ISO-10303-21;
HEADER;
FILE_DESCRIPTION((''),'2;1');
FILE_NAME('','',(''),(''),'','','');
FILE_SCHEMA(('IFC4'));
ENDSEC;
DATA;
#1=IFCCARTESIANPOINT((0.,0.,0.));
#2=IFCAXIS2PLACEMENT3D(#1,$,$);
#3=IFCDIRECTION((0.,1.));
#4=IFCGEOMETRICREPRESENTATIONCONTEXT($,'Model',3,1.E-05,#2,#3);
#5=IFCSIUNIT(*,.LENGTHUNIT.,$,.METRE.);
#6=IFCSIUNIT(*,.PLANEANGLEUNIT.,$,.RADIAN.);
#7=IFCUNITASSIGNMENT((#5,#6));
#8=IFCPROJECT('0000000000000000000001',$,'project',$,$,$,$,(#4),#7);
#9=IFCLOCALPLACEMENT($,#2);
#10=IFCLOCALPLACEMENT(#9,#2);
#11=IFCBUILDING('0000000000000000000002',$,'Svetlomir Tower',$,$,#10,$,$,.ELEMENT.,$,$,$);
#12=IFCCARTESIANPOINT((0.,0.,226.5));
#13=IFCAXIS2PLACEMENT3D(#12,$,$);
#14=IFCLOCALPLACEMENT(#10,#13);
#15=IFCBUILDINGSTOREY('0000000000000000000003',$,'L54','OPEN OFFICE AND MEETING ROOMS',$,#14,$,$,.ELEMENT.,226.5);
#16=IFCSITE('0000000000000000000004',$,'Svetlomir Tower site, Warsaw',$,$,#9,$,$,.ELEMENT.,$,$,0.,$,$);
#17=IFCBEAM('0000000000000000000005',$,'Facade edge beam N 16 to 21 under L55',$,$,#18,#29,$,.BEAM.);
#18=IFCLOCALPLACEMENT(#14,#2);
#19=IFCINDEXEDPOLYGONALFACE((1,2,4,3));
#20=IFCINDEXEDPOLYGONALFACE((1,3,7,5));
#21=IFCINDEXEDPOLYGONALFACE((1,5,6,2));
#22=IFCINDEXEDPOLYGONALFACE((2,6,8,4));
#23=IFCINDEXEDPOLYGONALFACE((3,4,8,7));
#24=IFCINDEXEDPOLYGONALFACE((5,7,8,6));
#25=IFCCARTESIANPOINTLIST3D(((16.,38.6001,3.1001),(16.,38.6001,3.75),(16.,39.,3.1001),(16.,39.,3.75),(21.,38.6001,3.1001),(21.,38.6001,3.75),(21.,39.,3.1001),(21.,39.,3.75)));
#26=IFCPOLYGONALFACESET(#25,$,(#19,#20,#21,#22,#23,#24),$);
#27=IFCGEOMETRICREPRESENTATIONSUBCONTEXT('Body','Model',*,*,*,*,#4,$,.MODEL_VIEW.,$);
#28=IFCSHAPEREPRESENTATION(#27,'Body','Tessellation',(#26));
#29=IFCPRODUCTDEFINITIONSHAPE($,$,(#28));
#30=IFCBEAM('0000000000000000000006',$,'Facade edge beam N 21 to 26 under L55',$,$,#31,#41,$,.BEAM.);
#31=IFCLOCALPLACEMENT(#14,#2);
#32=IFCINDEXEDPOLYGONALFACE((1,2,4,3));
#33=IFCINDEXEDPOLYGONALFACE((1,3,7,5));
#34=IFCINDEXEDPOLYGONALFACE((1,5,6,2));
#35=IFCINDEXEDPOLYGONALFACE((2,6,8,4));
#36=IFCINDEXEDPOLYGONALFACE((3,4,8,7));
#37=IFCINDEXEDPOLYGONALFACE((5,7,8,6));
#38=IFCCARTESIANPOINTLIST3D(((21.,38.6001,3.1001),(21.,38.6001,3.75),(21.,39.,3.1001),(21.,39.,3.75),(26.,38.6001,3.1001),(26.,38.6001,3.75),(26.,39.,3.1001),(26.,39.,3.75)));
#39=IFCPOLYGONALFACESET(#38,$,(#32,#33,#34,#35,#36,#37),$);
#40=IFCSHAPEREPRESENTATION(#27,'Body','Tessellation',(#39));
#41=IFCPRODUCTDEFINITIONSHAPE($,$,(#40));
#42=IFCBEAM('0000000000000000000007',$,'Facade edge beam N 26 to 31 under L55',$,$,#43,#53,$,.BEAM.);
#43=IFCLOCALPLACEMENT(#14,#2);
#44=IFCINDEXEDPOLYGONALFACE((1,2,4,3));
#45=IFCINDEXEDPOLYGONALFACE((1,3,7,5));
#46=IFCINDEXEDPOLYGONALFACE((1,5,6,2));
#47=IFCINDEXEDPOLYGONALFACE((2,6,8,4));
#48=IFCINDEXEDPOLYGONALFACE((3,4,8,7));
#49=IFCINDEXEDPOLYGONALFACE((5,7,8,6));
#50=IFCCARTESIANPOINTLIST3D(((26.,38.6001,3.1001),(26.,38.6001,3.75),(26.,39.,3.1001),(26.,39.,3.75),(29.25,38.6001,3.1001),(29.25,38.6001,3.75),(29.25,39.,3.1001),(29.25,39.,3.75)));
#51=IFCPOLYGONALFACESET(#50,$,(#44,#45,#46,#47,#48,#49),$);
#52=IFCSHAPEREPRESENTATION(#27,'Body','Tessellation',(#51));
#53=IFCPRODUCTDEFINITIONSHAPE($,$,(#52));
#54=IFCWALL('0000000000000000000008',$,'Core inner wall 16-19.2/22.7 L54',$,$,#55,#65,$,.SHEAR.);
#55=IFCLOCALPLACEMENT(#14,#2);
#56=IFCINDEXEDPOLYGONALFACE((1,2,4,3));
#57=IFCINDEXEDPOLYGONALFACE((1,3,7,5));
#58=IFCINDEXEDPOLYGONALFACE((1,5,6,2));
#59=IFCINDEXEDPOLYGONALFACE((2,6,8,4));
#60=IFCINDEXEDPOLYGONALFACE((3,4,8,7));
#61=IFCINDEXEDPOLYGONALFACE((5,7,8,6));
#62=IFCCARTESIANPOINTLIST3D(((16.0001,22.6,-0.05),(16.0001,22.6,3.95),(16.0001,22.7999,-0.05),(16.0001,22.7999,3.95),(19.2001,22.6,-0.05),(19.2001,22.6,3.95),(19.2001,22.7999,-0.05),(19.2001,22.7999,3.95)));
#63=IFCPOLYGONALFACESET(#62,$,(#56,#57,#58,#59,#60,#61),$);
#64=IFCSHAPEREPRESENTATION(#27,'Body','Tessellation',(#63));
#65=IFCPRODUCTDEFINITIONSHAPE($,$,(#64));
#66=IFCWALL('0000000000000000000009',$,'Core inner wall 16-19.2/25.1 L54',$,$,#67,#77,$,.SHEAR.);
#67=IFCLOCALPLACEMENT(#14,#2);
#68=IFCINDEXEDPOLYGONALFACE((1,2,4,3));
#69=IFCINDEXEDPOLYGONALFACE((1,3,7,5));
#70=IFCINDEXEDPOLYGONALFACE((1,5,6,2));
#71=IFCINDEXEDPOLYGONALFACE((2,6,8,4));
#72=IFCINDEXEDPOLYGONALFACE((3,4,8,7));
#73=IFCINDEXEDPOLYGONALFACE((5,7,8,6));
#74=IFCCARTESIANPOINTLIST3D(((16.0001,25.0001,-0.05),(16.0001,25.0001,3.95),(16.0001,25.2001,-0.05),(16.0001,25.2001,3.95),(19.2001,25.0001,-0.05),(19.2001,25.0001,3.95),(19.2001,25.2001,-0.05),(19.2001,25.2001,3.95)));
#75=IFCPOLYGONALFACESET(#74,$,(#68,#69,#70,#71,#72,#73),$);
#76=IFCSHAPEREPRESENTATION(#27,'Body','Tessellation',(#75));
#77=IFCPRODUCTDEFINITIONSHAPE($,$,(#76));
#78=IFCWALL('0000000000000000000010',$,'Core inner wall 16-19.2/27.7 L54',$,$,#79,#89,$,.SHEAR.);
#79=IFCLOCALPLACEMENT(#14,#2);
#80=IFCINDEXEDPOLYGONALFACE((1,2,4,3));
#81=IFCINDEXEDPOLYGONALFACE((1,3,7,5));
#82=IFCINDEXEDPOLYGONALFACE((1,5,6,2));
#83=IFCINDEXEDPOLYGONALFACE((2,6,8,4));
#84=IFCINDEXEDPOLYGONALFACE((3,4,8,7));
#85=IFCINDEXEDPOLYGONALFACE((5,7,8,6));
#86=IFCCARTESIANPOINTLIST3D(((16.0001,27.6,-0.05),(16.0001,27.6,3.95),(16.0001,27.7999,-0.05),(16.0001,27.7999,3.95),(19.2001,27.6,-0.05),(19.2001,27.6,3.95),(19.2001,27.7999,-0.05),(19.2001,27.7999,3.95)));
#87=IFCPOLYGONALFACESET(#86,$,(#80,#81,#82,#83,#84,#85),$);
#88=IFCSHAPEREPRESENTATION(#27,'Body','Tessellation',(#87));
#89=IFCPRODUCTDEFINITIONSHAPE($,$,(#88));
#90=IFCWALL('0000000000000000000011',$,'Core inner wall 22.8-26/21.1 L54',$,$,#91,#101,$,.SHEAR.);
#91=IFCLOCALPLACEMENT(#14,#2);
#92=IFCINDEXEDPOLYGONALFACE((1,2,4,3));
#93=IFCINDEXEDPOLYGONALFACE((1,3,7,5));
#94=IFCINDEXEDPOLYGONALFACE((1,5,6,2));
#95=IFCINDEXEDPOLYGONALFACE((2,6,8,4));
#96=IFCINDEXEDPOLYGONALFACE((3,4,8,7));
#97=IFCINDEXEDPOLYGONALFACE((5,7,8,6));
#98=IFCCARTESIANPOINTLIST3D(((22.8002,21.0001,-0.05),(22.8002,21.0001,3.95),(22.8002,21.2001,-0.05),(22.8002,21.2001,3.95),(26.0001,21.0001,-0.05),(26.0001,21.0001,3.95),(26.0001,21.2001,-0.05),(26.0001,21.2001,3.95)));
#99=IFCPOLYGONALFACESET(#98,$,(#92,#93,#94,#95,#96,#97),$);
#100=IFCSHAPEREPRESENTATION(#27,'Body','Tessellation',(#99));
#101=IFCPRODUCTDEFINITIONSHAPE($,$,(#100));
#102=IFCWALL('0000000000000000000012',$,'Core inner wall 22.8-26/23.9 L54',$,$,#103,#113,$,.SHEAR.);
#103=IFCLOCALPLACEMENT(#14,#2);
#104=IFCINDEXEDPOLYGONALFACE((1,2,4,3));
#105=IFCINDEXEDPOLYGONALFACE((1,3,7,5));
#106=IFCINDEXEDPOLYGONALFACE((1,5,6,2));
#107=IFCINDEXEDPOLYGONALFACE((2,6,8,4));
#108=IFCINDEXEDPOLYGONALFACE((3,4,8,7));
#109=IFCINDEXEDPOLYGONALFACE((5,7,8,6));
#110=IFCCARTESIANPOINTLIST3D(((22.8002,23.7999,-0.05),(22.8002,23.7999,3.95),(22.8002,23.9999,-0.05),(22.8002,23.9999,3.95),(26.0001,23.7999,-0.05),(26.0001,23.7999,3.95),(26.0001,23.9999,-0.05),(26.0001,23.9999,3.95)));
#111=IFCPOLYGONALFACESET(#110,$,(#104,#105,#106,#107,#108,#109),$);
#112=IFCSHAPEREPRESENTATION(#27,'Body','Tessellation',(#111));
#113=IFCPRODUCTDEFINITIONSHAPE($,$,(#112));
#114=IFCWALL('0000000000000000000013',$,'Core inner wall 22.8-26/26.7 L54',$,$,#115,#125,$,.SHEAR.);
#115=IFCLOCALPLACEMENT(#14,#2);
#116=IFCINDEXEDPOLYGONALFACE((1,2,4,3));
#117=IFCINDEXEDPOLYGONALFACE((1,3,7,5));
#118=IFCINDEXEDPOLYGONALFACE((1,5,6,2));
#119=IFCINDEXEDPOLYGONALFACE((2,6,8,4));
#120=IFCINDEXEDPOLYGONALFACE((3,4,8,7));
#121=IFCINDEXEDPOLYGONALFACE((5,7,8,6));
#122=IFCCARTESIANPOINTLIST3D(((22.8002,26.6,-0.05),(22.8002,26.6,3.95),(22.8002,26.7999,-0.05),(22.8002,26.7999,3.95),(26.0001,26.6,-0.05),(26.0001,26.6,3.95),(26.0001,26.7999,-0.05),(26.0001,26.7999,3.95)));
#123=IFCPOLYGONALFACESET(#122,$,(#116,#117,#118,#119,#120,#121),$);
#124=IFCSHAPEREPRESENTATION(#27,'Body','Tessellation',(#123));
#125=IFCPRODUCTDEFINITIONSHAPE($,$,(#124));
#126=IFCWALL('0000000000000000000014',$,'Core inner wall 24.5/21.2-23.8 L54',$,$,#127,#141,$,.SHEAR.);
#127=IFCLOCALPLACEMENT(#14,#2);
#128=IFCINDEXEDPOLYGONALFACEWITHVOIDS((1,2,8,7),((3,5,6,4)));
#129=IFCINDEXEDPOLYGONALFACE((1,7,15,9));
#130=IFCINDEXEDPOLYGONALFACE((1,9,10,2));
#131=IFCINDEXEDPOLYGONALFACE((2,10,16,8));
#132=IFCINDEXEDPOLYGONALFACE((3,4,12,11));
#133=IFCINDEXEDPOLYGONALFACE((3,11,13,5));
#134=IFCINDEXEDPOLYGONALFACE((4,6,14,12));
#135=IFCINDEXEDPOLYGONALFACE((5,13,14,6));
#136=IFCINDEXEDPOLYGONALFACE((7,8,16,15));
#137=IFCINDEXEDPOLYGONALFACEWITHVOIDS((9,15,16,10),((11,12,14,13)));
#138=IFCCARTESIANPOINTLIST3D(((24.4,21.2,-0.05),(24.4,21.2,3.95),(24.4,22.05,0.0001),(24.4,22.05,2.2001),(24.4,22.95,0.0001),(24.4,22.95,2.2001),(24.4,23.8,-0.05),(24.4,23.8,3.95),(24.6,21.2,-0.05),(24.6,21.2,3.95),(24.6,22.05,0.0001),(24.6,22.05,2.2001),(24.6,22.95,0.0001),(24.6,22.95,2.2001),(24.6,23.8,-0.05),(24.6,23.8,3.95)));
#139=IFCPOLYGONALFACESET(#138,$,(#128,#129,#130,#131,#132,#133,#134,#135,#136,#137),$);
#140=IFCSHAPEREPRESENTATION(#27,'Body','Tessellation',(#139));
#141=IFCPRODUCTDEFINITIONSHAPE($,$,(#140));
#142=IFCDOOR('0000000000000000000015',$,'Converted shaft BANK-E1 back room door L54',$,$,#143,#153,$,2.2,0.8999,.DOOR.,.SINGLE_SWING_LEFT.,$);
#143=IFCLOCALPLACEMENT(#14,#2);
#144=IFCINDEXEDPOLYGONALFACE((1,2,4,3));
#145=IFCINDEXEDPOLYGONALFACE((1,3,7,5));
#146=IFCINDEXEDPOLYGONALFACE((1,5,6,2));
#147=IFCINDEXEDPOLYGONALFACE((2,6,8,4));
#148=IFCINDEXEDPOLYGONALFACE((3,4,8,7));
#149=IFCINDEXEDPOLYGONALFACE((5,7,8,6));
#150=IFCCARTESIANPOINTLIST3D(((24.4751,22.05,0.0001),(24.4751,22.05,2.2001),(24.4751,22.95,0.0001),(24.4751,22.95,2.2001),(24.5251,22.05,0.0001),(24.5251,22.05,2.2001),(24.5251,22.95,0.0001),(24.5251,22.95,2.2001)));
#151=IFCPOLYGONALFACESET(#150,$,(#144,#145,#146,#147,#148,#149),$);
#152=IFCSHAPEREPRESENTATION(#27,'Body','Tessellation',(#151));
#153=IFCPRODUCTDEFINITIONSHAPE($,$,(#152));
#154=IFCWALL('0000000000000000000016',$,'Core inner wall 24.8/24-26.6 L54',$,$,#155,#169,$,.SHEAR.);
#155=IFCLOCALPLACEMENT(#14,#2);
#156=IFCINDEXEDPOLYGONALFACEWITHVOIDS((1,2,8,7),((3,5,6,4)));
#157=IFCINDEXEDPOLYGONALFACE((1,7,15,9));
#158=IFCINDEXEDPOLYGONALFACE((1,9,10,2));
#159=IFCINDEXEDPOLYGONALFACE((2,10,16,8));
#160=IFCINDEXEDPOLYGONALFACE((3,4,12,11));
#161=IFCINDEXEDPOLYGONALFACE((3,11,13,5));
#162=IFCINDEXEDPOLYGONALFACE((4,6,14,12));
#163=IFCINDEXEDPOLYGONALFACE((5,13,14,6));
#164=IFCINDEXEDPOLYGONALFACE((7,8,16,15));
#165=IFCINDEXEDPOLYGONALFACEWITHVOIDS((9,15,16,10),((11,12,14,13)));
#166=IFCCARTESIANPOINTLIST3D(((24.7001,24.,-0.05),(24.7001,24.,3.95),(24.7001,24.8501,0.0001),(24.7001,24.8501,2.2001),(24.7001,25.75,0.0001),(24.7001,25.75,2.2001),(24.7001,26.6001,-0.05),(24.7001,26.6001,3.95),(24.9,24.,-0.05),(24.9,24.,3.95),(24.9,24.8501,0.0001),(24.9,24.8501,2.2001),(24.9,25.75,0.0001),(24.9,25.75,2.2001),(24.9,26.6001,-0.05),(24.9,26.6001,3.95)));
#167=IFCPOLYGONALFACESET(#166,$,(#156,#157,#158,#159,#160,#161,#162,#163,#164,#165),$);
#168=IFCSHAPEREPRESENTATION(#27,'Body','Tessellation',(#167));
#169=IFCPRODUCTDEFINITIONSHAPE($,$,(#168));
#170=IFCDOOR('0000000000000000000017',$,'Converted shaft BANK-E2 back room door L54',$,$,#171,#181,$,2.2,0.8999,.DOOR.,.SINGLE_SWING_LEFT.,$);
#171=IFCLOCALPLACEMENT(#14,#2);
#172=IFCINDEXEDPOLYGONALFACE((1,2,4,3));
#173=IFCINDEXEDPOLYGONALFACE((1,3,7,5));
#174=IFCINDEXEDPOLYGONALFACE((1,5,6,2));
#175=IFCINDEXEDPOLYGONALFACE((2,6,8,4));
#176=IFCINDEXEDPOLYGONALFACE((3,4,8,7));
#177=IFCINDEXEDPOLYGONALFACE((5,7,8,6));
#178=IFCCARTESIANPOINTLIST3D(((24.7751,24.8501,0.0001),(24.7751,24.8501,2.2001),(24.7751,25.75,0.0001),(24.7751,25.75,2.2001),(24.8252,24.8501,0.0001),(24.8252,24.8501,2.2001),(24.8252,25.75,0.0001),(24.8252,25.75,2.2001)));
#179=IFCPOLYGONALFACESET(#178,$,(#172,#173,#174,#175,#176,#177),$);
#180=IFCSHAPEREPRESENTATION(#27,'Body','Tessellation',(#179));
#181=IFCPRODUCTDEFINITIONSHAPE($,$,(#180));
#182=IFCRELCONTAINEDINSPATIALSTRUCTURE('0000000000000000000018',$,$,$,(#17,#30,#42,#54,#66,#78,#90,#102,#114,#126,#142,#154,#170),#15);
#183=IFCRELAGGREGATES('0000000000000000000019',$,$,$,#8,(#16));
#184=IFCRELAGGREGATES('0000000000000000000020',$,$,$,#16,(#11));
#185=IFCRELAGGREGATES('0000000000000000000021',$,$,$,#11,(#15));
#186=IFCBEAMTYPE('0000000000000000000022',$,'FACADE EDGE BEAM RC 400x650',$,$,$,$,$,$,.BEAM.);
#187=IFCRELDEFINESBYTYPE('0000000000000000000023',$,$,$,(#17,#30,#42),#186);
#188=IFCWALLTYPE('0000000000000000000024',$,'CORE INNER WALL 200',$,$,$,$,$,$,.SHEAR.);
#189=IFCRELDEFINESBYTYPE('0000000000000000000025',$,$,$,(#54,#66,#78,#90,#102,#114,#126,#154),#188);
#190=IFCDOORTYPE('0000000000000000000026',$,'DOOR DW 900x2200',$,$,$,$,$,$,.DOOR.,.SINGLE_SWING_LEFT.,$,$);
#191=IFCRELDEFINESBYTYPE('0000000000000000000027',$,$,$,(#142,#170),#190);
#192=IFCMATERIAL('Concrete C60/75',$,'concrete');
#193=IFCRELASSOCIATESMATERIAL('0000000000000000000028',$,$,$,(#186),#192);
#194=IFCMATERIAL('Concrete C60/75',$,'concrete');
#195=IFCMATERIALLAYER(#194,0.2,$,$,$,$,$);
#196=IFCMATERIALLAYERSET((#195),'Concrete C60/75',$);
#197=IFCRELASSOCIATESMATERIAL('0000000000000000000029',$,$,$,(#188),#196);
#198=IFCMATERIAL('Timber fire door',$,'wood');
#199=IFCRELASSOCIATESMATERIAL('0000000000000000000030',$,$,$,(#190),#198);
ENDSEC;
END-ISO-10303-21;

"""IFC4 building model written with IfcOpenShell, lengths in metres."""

from ifc_helpers import new_model, si_unit, direction, frame, frame_2d, origin, origin_2d, place, context, subcontext, project, spatial, rectangle, extrude, material, layer, layer_set, material_profile, profile_set, type_object, element, fill, save


model = new_model("IFC4")

# Units and contexts
model_context = context("Model", 3, precision=1e-05, world=origin(), true_north=direction((0.0, 1.0)))
body_context = subcontext(model_context, "Body", "Model", "MODEL_VIEW")
ifc_project = project(units=[si_unit("LENGTHUNIT", "METRE"), si_unit("PLANEANGLEUNIT", "RADIAN")], contexts=[model_context])

# Site, building, storey
site_placement = place(None, origin())
site = spatial("IfcSite", under=ifc_project, at=site_placement, Name="Svetlomir Tower site, Warsaw", CompositionType="ELEMENT", RefElevation=0.0)
building_placement = place(site_placement, origin())
building = spatial("IfcBuilding", under=site, at=building_placement, Name="Svetlomir Tower", CompositionType="ELEMENT")
storey_placement = place(building_placement, frame((0.0, 0.0, 226.5)))
storey = spatial("IfcBuildingStorey", under=building, at=storey_placement, Name="L54", Description="OPEN OFFICE AND MEETING ROOMS", CompositionType="ELEMENT", Elevation=226.5)

# Beams
ifc_material_1 = material(Name="Concrete C60/75", Category="concrete")
ifc_material_profile = material_profile(ifc_material_1, rectangle(XDim=0.3999, YDim=0.6499, at=origin_2d()), Name="RC 400x650")
ifc_profile_set = profile_set([ifc_material_profile], Name="Concrete C60/75")
beam_type = type_object("IfcBeamType", Name="FACADE EDGE BEAM RC 400x650", PredefinedType="BEAM", material=ifc_profile_set)
for number, where, z_axis, x_axis, name in (
    (1, (16.0, 38.8, 3.425), (1.0, 0.0, 0.0), (0.0, 1.0, 0.0), "Facade edge beam N 16 to 21 under L55"),
    (2, (21.0, 38.8, 3.425), (1.0, 0.0, 0.0), (0.0, 1.0, 0.0), "Facade edge beam N 21 to 26 under L55"),
):
    element("IfcBeam", number, at=place(storey_placement, frame(where, z_axis=z_axis, x_axis=x_axis)), inside=storey, type_object=beam_type, Name=name, PredefinedType="BEAM", context=body_context, shape_type="SweptSolid", body=[
        extrude(rectangle(XDim=0.3999, YDim=0.6499, at=origin_2d()), origin(), (0.0, 0.0, 1.0), 5.0),
    ])
beam_placement = place(storey_placement, frame((26.0, 38.8, 3.425), z_axis=(1.0, 0.0, 0.0), x_axis=(0.0, 1.0, 0.0)))
element("IfcBeam", 3, at=beam_placement, inside=storey, type_object=beam_type, Name="Facade edge beam N 26 to 31 under L55", PredefinedType="BEAM", context=body_context, shape_type="SweptSolid", body=[
    extrude(rectangle(XDim=0.3999, YDim=0.6499, at=origin_2d()), origin(), (0.0, 0.0, 1.0), 3.25),
])

# Walls
ifc_material_2 = material(Name="Concrete C60/75", Category="concrete")
ifc_layer_1 = layer(ifc_material_2, 0.2)
ifc_layer_set_1 = layer_set([ifc_layer_1], Name="Concrete C60/75")
wall_type_1 = type_object("IfcWallType", Name="CORE INNER WALL 200", PredefinedType="SHEAR", material=ifc_layer_set_1)
for number, where, z_axis, x_axis, name in (
    (4, (16.0, 22.7, -0.05), (0.0, 0.0, 1.0), (1.0, 0.0, 0.0), "Core inner wall 16-19.2/22.7 L54"),
    (5, (16.0, 25.1001, -0.05), (0.0, 0.0, 1.0), (1.0, 0.0, 0.0), "Core inner wall 16-19.2/25.1 L54"),
    (6, (16.0, 27.7, -0.05), (0.0, 0.0, 1.0), (1.0, 0.0, 0.0), "Core inner wall 16-19.2/27.7 L54"),
    (7, (22.8, 21.1001, -0.05), (0.0, 0.0, 1.0), (1.0, 0.0, 0.0), "Core inner wall 22.8-26/21.1 L54"),
    (8, (22.8, 23.8999, -0.05), (0.0, 0.0, 1.0), (1.0, 0.0, 0.0), "Core inner wall 22.8-26/23.9 L54"),
    (9, (22.8, 26.7, -0.05), (0.0, 0.0, 1.0), (1.0, 0.0, 0.0), "Core inner wall 22.8-26/26.7 L54"),
):
    element("IfcWall", number, at=place(storey_placement, frame(where, z_axis=z_axis, x_axis=x_axis)), inside=storey, type_object=wall_type_1, Name=name, PredefinedType="SHEAR", context=body_context, shape_type="SweptSolid", body=[
        extrude(rectangle(XDim=3.2, YDim=0.2, at=frame_2d((1.6001, 0.0))), origin(), (0.0, 0.0, 1.0), 4.0),
    ])

# Walls, openings, doors
wall_1_placement = place(storey_placement, frame((24.5, 21.2, -0.05), z_axis=(0.0, 0.0, 1.0), x_axis=(0.0, 1.0, 0.0)))
wall_1 = element("IfcWall", 10, at=wall_1_placement, inside=storey, type_object=wall_type_1, Name="Core inner wall 24.5/21.2-23.8 L54", PredefinedType="SHEAR", context=body_context, shape_type="SweptSolid", body=[
    extrude(rectangle(XDim=2.6001, YDim=0.2, at=frame_2d((1.3, 0.0))), origin(), (0.0, 0.0, 1.0), 4.0),
])
opening_1_placement = place(wall_1_placement, frame((0.8501, 0.0, 0.05)))
opening_1 = element("IfcOpeningElement", 11, at=opening_1_placement, cuts=wall_1, PredefinedType="OPENING", context=body_context, shape_type="SweptSolid", body=[
    extrude(rectangle(XDim=0.8999, YDim=2.2, at=frame_2d((0.45, 1.1001))), frame((0.0, 0.1099, 0.0), z_axis=(0.0, -1.0, 0.0), x_axis=(1.0, 0.0, 0.0)), (0.0, 0.0, 1.0), 0.22),
])
ifc_material_3 = material(Name="Timber fire door", Category="wood")
door_type_1 = type_object("IfcDoorType", Name="DOOR DW 900x2200", OperationType="SINGLE_SWING_LEFT", PredefinedType="DOOR", material=ifc_material_3)
door_1_placement = place(opening_1_placement, origin())
door_1 = element("IfcDoor", 12, at=door_1_placement, inside=storey, type_object=door_type_1, Name="Converted shaft BANK-E1 back room door L54", OperationType="SINGLE_SWING_LEFT", OverallHeight=2.2, OverallWidth=0.8999, PredefinedType="DOOR", context=body_context, shape_type="SweptSolid", body=[
    extrude(rectangle(XDim=0.8999, YDim=2.2, at=frame_2d((0.45, 1.1001))), frame((0.0, 0.0249, 0.0), z_axis=(0.0, -1.0, 0.0), x_axis=(1.0, 0.0, 0.0)), (0.0, 0.0, 1.0), 0.05),
])
fill(opening_1, door_1)
wall_2_placement = place(storey_placement, frame((24.8, 24.0, -0.05), z_axis=(0.0, 0.0, 1.0), x_axis=(0.0, 1.0, 0.0)))
wall_2 = element("IfcWall", 13, at=wall_2_placement, inside=storey, type_object=wall_type_1, Name="Core inner wall 24.8/24-26.6 L54", PredefinedType="SHEAR", context=body_context, shape_type="SweptSolid", body=[
    extrude(rectangle(XDim=2.6001, YDim=0.2, at=frame_2d((1.3, 0.0))), origin(), (0.0, 0.0, 1.0), 4.0),
])
opening_2_placement = place(wall_2_placement, frame((0.8501, 0.0, 0.05)))
opening_2 = element("IfcOpeningElement", 14, at=opening_2_placement, cuts=wall_2, PredefinedType="OPENING", context=body_context, shape_type="SweptSolid", body=[
    extrude(rectangle(XDim=0.8999, YDim=2.2, at=frame_2d((0.45, 1.1001))), frame((0.0, 0.1099, 0.0), z_axis=(0.0, -1.0, 0.0), x_axis=(1.0, 0.0, 0.0)), (0.0, 0.0, 1.0), 0.22),
])
door_2_placement = place(opening_2_placement, origin())
door_2 = element("IfcDoor", 15, at=door_2_placement, inside=storey, type_object=door_type_1, Name="Converted shaft BANK-E2 back room door L54", OperationType="SINGLE_SWING_LEFT", OverallHeight=2.2, OverallWidth=0.8999, PredefinedType="DOOR", context=body_context, shape_type="SweptSolid", body=[
    extrude(rectangle(XDim=0.8999, YDim=2.2, at=frame_2d((0.45, 1.1001))), frame((0.0, 0.0249, 0.0), z_axis=(0.0, -1.0, 0.0), x_axis=(1.0, 0.0, 0.0)), (0.0, 0.0, 1.0), 0.05),
])
fill(opening_2, door_2)

save(model, "model.ifc")
